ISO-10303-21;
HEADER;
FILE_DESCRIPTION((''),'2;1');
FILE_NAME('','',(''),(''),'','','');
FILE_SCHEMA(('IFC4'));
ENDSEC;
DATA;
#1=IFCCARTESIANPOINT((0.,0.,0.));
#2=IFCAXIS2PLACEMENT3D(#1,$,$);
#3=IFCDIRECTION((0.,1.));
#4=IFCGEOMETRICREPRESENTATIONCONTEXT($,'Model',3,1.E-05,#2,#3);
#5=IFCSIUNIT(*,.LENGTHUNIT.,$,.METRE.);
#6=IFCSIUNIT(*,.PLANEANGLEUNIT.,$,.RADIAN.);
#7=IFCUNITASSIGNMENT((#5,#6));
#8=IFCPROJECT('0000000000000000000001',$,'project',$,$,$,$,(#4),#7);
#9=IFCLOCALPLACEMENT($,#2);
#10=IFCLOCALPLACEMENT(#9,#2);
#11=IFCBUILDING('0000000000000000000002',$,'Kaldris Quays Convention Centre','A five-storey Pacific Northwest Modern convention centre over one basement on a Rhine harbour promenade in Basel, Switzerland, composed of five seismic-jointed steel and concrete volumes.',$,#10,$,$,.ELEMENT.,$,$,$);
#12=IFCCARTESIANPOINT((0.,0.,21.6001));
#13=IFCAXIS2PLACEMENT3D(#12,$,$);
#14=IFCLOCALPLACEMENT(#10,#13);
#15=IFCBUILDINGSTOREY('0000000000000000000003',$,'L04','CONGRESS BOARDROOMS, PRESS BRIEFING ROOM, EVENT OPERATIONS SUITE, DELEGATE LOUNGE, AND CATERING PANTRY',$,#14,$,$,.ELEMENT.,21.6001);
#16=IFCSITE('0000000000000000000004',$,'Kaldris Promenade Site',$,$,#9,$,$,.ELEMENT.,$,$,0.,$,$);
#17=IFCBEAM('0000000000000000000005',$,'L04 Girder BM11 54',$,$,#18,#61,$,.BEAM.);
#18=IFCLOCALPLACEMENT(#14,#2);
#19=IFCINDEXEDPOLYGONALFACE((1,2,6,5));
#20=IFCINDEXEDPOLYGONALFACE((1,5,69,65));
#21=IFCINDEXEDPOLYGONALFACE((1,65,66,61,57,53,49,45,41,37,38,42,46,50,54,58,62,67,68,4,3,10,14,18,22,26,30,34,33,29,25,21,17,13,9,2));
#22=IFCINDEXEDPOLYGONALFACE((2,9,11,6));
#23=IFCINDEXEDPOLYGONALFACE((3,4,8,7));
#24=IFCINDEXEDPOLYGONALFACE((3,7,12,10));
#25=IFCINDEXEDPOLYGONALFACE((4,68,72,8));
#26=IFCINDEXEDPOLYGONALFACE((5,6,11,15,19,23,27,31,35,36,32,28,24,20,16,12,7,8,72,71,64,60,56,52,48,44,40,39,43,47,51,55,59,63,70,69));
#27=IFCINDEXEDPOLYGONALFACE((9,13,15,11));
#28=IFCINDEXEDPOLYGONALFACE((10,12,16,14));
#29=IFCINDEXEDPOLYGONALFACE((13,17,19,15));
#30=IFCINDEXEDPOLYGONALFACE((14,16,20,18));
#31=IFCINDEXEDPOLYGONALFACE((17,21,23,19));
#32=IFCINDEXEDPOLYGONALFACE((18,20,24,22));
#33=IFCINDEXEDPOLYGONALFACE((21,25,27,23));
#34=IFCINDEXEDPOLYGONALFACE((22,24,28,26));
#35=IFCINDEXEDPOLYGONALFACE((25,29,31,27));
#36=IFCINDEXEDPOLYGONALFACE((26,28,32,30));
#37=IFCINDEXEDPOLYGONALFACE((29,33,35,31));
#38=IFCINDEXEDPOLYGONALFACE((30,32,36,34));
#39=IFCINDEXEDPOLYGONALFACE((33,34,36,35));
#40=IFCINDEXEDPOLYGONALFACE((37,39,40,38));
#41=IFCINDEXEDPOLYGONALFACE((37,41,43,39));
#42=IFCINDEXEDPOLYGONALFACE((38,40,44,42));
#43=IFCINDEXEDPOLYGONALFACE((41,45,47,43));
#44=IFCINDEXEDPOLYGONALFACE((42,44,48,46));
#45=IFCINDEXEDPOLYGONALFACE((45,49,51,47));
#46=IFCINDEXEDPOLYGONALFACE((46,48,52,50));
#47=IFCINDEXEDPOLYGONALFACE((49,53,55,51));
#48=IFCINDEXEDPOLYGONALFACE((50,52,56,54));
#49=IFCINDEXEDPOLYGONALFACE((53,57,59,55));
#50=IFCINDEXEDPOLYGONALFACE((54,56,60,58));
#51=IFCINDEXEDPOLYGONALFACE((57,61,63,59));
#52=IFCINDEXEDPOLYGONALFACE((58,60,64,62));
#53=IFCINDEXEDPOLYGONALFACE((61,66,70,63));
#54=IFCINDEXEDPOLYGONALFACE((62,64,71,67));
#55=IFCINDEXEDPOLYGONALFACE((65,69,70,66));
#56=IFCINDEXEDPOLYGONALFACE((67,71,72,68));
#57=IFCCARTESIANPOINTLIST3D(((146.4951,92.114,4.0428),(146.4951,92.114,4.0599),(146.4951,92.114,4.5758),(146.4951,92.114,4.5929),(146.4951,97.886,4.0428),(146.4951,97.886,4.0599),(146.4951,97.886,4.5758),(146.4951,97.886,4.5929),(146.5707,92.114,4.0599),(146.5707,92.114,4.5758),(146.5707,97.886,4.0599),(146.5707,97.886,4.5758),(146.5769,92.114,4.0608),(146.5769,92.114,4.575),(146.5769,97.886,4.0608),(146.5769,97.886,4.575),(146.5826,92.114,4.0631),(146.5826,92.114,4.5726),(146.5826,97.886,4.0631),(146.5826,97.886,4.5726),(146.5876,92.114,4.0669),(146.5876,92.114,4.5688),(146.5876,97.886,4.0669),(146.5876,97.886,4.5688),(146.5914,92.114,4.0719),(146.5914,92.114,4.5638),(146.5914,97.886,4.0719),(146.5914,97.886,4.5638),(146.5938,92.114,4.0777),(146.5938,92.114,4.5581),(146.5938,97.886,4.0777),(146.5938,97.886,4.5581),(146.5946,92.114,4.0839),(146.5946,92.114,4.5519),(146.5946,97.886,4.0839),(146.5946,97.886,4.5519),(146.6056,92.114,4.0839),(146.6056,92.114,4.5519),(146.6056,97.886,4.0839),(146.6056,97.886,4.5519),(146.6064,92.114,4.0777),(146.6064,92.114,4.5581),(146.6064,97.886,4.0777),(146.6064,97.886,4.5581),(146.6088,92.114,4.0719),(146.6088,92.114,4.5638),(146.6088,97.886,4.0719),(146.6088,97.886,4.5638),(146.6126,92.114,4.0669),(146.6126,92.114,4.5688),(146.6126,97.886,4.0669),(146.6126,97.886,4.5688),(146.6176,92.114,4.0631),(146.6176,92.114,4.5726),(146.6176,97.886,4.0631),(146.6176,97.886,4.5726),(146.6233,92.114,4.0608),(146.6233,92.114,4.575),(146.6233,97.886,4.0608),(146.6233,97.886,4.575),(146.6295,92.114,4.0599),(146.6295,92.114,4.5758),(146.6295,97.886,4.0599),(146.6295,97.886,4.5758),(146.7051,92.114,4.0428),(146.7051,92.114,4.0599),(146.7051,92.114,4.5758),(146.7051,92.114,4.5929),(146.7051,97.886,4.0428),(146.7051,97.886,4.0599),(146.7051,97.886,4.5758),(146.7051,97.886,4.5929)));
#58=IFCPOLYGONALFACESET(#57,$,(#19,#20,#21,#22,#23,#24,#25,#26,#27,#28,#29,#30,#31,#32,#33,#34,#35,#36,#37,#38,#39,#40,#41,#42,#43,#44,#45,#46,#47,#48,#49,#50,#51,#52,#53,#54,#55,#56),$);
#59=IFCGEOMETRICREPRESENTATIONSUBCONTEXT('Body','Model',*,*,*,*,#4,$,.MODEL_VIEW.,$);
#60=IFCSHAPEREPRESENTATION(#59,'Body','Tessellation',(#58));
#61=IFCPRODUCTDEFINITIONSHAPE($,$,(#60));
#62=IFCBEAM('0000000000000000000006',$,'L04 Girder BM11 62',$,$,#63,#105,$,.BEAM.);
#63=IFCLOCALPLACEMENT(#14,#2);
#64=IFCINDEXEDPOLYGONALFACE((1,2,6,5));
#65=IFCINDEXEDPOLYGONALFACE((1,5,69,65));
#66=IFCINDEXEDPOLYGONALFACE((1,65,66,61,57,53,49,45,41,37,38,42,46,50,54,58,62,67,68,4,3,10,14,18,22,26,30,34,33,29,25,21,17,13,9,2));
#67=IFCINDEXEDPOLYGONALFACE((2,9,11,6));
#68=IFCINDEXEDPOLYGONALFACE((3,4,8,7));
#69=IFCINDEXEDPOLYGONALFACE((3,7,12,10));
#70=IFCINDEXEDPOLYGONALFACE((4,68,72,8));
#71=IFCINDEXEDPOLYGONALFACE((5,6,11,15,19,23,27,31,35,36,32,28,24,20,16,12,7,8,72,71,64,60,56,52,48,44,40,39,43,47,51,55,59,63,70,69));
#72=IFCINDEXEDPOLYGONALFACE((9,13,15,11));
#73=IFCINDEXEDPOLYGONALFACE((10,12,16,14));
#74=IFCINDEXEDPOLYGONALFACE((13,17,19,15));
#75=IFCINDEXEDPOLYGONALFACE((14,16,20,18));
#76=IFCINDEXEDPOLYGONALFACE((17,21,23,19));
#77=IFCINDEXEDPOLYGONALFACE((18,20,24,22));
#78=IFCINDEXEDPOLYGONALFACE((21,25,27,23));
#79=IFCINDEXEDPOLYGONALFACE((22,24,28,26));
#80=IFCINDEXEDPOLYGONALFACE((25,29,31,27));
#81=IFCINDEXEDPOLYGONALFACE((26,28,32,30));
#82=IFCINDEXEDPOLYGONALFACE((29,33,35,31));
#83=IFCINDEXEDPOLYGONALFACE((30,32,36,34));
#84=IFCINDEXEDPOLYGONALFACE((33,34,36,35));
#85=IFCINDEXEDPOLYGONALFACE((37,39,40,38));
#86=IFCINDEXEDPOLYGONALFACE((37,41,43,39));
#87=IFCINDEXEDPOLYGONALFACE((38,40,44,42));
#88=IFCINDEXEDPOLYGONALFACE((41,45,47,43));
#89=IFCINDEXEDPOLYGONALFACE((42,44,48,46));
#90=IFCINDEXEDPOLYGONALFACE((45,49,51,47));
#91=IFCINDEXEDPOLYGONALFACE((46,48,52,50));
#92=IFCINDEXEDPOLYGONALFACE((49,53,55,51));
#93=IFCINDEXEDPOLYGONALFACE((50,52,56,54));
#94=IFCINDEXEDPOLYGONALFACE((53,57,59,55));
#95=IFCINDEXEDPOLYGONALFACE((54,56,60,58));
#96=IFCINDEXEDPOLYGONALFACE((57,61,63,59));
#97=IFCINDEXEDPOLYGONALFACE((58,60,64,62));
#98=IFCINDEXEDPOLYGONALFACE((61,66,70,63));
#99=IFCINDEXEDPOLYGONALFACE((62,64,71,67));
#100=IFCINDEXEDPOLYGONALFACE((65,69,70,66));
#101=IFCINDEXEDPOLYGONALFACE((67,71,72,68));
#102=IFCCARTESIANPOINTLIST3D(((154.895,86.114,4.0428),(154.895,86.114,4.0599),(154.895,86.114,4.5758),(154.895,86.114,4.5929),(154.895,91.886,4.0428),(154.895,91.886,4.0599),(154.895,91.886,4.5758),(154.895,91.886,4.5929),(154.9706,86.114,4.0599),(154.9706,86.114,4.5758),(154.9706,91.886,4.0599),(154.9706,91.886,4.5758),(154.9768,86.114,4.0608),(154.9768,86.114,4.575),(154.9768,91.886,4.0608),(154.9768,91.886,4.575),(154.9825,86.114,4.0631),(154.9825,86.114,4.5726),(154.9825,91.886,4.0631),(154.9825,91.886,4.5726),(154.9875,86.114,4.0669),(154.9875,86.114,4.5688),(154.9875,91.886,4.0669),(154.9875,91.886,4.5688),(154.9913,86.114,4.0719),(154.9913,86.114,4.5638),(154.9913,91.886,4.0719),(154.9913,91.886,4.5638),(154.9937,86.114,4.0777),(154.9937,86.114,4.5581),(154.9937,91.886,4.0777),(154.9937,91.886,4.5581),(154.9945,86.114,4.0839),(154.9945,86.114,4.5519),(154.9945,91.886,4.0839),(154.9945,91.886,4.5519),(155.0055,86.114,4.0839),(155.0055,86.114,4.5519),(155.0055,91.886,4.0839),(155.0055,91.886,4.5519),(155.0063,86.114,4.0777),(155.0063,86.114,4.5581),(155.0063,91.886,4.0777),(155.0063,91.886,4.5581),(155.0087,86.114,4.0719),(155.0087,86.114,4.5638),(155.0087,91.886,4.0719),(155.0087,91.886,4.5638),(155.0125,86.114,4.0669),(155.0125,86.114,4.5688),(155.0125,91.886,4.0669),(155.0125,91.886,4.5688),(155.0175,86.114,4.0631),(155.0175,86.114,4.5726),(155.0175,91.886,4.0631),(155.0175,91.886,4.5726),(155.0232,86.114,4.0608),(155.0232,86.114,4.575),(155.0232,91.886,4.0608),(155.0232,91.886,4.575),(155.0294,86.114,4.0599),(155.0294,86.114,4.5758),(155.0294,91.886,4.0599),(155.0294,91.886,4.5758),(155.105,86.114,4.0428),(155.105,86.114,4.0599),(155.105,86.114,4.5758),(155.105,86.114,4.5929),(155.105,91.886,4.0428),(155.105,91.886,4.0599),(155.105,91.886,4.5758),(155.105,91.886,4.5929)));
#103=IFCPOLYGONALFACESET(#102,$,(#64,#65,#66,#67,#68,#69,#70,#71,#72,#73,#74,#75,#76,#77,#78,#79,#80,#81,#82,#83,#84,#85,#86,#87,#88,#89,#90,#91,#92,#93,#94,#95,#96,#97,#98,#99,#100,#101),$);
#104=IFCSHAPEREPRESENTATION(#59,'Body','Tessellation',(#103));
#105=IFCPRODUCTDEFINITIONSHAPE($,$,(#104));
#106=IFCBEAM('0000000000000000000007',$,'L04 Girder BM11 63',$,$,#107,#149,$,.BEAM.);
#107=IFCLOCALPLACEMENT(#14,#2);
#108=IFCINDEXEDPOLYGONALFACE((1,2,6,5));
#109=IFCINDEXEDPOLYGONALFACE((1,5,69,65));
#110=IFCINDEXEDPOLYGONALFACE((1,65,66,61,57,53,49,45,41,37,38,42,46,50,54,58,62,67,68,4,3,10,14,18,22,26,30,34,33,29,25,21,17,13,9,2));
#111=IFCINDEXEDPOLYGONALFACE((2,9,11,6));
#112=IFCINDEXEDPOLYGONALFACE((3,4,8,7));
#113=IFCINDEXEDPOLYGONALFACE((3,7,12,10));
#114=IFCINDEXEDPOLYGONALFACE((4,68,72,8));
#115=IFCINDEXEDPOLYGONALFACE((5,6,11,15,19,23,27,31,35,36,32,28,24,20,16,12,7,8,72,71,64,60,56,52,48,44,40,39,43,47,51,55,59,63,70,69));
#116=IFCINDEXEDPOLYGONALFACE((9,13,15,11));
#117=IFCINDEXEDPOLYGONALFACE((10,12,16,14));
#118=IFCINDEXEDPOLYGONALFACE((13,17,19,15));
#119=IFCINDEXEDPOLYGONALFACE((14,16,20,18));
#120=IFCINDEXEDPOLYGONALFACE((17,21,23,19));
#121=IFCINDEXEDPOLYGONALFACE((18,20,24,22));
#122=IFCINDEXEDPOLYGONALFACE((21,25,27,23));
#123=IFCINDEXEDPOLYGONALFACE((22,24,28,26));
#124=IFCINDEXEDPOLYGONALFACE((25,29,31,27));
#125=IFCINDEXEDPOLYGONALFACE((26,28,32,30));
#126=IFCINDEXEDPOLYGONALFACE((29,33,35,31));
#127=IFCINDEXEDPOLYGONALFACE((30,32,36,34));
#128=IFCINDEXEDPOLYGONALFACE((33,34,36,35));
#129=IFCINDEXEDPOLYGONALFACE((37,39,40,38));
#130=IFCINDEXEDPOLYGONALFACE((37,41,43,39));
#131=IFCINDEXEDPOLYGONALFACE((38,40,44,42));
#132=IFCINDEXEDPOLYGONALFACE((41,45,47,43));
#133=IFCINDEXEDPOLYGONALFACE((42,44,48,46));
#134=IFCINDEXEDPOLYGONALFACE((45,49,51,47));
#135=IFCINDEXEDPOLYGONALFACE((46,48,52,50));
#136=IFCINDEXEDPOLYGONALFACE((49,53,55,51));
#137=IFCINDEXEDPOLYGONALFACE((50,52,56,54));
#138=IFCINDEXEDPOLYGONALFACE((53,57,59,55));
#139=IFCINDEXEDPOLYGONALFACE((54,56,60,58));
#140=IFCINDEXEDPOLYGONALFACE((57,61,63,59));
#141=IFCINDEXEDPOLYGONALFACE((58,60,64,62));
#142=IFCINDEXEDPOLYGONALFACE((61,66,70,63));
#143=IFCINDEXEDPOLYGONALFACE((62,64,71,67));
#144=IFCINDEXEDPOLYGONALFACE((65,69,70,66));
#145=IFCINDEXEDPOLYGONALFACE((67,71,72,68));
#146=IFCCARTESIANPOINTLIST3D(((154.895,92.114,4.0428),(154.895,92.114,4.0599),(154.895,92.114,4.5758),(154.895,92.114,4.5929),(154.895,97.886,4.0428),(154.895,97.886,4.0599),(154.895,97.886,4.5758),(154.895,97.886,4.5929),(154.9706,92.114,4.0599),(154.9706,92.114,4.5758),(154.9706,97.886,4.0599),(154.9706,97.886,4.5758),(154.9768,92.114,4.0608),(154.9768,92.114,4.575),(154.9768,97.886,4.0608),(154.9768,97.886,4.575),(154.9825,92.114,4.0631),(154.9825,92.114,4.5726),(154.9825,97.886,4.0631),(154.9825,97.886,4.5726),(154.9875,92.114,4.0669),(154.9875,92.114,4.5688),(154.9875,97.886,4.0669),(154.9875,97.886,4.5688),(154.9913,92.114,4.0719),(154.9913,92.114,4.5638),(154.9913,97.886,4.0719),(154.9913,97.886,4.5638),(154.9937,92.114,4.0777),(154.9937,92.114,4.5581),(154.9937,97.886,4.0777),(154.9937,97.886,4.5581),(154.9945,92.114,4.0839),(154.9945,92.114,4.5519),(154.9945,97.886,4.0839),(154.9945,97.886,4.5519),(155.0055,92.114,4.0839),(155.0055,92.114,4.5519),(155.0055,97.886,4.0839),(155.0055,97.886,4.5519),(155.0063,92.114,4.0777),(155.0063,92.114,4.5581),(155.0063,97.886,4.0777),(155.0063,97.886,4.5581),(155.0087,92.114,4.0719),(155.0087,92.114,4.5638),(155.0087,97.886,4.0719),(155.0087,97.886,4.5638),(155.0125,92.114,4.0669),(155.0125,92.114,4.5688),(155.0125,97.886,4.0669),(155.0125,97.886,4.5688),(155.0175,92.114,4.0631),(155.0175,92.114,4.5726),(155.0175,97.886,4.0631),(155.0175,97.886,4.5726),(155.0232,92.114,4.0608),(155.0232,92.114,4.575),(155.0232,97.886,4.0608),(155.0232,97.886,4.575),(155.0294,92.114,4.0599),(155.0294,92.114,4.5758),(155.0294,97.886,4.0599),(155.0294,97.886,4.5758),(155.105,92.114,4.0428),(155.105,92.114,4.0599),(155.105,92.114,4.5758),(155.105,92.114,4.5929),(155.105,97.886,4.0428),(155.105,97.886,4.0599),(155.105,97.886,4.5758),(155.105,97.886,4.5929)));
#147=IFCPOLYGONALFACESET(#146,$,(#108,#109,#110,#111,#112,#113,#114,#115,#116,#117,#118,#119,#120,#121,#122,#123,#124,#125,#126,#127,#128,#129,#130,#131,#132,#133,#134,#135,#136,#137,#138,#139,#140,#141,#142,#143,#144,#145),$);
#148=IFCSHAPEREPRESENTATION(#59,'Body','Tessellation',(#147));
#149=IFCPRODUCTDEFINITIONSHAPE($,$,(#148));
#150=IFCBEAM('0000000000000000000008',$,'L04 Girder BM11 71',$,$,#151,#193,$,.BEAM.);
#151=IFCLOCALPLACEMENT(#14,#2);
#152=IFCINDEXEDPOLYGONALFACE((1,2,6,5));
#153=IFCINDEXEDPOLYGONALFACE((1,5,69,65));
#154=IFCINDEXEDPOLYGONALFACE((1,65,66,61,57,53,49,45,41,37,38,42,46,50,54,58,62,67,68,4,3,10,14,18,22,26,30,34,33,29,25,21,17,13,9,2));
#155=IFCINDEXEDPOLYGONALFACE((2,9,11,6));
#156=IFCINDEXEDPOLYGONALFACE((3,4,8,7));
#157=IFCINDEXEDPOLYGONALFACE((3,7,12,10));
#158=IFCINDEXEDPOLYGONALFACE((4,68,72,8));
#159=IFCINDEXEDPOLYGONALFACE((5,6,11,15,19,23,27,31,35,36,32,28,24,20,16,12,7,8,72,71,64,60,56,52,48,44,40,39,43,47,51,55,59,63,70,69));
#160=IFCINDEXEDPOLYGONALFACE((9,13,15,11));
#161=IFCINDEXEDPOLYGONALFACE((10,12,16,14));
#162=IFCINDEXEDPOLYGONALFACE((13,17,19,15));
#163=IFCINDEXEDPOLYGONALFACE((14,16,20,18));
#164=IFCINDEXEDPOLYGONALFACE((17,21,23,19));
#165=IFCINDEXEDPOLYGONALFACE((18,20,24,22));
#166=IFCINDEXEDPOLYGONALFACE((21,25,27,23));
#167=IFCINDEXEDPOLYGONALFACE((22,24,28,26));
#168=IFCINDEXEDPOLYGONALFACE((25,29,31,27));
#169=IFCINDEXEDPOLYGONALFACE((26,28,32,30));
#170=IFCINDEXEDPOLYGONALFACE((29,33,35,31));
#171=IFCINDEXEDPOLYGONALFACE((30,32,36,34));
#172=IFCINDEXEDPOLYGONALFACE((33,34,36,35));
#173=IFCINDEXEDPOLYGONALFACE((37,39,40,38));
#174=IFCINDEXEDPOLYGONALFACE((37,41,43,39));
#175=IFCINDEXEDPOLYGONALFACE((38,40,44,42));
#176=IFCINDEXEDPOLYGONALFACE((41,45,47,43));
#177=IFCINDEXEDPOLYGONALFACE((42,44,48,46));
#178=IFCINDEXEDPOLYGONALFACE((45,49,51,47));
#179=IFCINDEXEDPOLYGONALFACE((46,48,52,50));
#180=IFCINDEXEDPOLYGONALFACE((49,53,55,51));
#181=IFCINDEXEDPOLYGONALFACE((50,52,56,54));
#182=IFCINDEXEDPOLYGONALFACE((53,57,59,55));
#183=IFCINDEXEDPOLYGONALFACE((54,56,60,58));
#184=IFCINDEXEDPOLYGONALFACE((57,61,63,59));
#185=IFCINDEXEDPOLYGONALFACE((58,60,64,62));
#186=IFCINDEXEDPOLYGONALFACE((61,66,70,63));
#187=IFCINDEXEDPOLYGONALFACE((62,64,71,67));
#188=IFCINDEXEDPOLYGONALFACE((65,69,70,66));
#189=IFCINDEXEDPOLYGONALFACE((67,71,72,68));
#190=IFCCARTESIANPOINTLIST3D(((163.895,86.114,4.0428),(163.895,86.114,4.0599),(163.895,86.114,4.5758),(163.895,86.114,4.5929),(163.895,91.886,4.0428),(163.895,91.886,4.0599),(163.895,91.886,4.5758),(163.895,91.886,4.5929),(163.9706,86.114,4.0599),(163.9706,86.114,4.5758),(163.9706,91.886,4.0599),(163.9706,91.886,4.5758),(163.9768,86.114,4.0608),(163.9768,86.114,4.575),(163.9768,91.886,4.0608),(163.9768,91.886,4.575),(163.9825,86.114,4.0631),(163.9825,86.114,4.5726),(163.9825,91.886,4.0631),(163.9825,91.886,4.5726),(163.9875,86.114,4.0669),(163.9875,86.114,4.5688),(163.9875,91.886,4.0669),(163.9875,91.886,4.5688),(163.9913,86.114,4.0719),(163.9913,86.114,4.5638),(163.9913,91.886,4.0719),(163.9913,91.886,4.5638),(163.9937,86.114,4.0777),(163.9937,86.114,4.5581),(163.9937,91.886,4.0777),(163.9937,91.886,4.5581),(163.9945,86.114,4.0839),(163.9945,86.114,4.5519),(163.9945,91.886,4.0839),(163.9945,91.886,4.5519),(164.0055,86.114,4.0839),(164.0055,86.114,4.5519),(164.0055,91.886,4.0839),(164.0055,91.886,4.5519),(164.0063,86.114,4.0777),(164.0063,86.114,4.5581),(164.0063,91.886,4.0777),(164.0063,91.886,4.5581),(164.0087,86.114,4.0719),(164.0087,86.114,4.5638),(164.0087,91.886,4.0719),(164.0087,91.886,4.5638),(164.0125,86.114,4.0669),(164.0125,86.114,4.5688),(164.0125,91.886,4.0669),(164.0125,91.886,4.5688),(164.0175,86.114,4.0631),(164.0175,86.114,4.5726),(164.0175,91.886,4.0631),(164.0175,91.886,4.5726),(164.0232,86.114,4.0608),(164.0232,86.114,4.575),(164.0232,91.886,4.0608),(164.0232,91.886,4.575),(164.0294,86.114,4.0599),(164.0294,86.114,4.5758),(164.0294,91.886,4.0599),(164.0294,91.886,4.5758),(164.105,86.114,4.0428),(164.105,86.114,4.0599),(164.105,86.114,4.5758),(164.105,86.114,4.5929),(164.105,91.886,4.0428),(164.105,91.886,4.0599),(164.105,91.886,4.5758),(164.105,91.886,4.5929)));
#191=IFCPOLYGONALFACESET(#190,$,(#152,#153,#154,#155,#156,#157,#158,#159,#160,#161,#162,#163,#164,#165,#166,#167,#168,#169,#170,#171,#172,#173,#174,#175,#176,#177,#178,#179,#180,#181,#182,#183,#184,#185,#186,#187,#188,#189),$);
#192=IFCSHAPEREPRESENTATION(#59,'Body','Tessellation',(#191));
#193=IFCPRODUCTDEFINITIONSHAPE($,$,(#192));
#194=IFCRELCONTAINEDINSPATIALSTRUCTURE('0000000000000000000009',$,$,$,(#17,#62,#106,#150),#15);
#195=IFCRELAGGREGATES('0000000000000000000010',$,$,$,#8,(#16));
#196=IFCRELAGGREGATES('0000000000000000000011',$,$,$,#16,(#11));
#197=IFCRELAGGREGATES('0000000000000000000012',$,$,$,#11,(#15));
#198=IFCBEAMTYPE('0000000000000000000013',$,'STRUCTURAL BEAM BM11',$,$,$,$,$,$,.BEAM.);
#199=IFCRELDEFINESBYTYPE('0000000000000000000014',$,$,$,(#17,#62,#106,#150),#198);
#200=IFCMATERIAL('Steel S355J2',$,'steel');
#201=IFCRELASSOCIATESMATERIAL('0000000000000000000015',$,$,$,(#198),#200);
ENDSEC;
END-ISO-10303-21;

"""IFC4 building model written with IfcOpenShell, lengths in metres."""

from ifc_helpers import new_model, si_unit, direction, frame, origin, origin_2d, place, context, subcontext, project, spatial, i_section, extrude, material, material_profile, profile_set, type_object, element, save


model = new_model("IFC4")

# Units and contexts
model_context = context("Model", 3, precision=1e-05, world=origin(), true_north=direction((0.0, 1.0)))
body_context = subcontext(model_context, "Body", "Model", "MODEL_VIEW")
ifc_project = project(units=[si_unit("LENGTHUNIT", "METRE"), si_unit("PLANEANGLEUNIT", "RADIAN")], contexts=[model_context])

# Site, building, storey
site_placement = place(None, origin())
site = spatial("IfcSite", under=ifc_project, at=site_placement, Name="Kaldris Promenade Site", CompositionType="ELEMENT", RefElevation=0.0)
building_placement = place(site_placement, origin())
building = spatial("IfcBuilding", under=site, at=building_placement, Name="Kaldris Quays Convention Centre", Description="A five-storey Pacific Northwest Modern convention centre over one basement on a Rhine harbour promenade in Basel, Switzerland, composed of five seismic-jointed steel and concrete volumes.", CompositionType="ELEMENT")
storey_placement = place(building_placement, frame((0.0, 0.0, 21.6001)))
storey = spatial("IfcBuildingStorey", under=building, at=storey_placement, Name="L04", Description="CONGRESS BOARDROOMS, PRESS BRIEFING ROOM, EVENT OPERATIONS SUITE, DELEGATE LOUNGE, AND CATERING PANTRY", CompositionType="ELEMENT", Elevation=21.6001)

# Shared definitions
ifc_material_1 = material(Name="Steel S355J2", Category="steel")

# Beams
ifc_material_profile_1 = material_profile(ifc_material_1, i_section(OverallWidth=0.21, OverallDepth=0.55, WebThickness=0.011, FlangeThickness=0.0171, FilletRadius=0.0239, at=origin_2d()), Name="IPE 550")
ifc_profile_set_1 = profile_set([ifc_material_profile_1], Name="Steel S355J2")
beam_type_1 = type_object("IfcBeamType", Name="STRUCTURAL BEAM BM11", PredefinedType="BEAM", material=ifc_profile_set_1)
for number, where, z_axis, x_axis, name in (
    (1, (146.6001, 92.114, 4.3179), (0.0, 1.0, 0.0), (-1.0, 0.0, 0.0), "L04 Girder BM11 54"),
    (2, (155.0, 86.114, 4.3179), (0.0, 1.0, 0.0), (-1.0, 0.0, 0.0), "L04 Girder BM11 62"),
    (3, (155.0, 92.114, 4.3179), (0.0, 1.0, 0.0), (-1.0, 0.0, 0.0), "L04 Girder BM11 63"),
    (4, (164.0, 86.114, 4.3179), (0.0, 1.0, 0.0), (-1.0, 0.0, 0.0), "L04 Girder BM11 71"),
):
    element("IfcBeam", number, at=place(storey_placement, frame(where, z_axis=z_axis, x_axis=x_axis)), inside=storey, type_object=beam_type_1, Name=name, PredefinedType="BEAM", context=body_context, shape_type="SweptSolid", body=[
        extrude(i_section(OverallWidth=0.21, OverallDepth=0.55, WebThickness=0.011, FlangeThickness=0.0171, FilletRadius=0.0239, at=origin_2d()), origin(), (0.0, 0.0, 1.0), 5.772),
    ])

save(model, "model.ifc")
